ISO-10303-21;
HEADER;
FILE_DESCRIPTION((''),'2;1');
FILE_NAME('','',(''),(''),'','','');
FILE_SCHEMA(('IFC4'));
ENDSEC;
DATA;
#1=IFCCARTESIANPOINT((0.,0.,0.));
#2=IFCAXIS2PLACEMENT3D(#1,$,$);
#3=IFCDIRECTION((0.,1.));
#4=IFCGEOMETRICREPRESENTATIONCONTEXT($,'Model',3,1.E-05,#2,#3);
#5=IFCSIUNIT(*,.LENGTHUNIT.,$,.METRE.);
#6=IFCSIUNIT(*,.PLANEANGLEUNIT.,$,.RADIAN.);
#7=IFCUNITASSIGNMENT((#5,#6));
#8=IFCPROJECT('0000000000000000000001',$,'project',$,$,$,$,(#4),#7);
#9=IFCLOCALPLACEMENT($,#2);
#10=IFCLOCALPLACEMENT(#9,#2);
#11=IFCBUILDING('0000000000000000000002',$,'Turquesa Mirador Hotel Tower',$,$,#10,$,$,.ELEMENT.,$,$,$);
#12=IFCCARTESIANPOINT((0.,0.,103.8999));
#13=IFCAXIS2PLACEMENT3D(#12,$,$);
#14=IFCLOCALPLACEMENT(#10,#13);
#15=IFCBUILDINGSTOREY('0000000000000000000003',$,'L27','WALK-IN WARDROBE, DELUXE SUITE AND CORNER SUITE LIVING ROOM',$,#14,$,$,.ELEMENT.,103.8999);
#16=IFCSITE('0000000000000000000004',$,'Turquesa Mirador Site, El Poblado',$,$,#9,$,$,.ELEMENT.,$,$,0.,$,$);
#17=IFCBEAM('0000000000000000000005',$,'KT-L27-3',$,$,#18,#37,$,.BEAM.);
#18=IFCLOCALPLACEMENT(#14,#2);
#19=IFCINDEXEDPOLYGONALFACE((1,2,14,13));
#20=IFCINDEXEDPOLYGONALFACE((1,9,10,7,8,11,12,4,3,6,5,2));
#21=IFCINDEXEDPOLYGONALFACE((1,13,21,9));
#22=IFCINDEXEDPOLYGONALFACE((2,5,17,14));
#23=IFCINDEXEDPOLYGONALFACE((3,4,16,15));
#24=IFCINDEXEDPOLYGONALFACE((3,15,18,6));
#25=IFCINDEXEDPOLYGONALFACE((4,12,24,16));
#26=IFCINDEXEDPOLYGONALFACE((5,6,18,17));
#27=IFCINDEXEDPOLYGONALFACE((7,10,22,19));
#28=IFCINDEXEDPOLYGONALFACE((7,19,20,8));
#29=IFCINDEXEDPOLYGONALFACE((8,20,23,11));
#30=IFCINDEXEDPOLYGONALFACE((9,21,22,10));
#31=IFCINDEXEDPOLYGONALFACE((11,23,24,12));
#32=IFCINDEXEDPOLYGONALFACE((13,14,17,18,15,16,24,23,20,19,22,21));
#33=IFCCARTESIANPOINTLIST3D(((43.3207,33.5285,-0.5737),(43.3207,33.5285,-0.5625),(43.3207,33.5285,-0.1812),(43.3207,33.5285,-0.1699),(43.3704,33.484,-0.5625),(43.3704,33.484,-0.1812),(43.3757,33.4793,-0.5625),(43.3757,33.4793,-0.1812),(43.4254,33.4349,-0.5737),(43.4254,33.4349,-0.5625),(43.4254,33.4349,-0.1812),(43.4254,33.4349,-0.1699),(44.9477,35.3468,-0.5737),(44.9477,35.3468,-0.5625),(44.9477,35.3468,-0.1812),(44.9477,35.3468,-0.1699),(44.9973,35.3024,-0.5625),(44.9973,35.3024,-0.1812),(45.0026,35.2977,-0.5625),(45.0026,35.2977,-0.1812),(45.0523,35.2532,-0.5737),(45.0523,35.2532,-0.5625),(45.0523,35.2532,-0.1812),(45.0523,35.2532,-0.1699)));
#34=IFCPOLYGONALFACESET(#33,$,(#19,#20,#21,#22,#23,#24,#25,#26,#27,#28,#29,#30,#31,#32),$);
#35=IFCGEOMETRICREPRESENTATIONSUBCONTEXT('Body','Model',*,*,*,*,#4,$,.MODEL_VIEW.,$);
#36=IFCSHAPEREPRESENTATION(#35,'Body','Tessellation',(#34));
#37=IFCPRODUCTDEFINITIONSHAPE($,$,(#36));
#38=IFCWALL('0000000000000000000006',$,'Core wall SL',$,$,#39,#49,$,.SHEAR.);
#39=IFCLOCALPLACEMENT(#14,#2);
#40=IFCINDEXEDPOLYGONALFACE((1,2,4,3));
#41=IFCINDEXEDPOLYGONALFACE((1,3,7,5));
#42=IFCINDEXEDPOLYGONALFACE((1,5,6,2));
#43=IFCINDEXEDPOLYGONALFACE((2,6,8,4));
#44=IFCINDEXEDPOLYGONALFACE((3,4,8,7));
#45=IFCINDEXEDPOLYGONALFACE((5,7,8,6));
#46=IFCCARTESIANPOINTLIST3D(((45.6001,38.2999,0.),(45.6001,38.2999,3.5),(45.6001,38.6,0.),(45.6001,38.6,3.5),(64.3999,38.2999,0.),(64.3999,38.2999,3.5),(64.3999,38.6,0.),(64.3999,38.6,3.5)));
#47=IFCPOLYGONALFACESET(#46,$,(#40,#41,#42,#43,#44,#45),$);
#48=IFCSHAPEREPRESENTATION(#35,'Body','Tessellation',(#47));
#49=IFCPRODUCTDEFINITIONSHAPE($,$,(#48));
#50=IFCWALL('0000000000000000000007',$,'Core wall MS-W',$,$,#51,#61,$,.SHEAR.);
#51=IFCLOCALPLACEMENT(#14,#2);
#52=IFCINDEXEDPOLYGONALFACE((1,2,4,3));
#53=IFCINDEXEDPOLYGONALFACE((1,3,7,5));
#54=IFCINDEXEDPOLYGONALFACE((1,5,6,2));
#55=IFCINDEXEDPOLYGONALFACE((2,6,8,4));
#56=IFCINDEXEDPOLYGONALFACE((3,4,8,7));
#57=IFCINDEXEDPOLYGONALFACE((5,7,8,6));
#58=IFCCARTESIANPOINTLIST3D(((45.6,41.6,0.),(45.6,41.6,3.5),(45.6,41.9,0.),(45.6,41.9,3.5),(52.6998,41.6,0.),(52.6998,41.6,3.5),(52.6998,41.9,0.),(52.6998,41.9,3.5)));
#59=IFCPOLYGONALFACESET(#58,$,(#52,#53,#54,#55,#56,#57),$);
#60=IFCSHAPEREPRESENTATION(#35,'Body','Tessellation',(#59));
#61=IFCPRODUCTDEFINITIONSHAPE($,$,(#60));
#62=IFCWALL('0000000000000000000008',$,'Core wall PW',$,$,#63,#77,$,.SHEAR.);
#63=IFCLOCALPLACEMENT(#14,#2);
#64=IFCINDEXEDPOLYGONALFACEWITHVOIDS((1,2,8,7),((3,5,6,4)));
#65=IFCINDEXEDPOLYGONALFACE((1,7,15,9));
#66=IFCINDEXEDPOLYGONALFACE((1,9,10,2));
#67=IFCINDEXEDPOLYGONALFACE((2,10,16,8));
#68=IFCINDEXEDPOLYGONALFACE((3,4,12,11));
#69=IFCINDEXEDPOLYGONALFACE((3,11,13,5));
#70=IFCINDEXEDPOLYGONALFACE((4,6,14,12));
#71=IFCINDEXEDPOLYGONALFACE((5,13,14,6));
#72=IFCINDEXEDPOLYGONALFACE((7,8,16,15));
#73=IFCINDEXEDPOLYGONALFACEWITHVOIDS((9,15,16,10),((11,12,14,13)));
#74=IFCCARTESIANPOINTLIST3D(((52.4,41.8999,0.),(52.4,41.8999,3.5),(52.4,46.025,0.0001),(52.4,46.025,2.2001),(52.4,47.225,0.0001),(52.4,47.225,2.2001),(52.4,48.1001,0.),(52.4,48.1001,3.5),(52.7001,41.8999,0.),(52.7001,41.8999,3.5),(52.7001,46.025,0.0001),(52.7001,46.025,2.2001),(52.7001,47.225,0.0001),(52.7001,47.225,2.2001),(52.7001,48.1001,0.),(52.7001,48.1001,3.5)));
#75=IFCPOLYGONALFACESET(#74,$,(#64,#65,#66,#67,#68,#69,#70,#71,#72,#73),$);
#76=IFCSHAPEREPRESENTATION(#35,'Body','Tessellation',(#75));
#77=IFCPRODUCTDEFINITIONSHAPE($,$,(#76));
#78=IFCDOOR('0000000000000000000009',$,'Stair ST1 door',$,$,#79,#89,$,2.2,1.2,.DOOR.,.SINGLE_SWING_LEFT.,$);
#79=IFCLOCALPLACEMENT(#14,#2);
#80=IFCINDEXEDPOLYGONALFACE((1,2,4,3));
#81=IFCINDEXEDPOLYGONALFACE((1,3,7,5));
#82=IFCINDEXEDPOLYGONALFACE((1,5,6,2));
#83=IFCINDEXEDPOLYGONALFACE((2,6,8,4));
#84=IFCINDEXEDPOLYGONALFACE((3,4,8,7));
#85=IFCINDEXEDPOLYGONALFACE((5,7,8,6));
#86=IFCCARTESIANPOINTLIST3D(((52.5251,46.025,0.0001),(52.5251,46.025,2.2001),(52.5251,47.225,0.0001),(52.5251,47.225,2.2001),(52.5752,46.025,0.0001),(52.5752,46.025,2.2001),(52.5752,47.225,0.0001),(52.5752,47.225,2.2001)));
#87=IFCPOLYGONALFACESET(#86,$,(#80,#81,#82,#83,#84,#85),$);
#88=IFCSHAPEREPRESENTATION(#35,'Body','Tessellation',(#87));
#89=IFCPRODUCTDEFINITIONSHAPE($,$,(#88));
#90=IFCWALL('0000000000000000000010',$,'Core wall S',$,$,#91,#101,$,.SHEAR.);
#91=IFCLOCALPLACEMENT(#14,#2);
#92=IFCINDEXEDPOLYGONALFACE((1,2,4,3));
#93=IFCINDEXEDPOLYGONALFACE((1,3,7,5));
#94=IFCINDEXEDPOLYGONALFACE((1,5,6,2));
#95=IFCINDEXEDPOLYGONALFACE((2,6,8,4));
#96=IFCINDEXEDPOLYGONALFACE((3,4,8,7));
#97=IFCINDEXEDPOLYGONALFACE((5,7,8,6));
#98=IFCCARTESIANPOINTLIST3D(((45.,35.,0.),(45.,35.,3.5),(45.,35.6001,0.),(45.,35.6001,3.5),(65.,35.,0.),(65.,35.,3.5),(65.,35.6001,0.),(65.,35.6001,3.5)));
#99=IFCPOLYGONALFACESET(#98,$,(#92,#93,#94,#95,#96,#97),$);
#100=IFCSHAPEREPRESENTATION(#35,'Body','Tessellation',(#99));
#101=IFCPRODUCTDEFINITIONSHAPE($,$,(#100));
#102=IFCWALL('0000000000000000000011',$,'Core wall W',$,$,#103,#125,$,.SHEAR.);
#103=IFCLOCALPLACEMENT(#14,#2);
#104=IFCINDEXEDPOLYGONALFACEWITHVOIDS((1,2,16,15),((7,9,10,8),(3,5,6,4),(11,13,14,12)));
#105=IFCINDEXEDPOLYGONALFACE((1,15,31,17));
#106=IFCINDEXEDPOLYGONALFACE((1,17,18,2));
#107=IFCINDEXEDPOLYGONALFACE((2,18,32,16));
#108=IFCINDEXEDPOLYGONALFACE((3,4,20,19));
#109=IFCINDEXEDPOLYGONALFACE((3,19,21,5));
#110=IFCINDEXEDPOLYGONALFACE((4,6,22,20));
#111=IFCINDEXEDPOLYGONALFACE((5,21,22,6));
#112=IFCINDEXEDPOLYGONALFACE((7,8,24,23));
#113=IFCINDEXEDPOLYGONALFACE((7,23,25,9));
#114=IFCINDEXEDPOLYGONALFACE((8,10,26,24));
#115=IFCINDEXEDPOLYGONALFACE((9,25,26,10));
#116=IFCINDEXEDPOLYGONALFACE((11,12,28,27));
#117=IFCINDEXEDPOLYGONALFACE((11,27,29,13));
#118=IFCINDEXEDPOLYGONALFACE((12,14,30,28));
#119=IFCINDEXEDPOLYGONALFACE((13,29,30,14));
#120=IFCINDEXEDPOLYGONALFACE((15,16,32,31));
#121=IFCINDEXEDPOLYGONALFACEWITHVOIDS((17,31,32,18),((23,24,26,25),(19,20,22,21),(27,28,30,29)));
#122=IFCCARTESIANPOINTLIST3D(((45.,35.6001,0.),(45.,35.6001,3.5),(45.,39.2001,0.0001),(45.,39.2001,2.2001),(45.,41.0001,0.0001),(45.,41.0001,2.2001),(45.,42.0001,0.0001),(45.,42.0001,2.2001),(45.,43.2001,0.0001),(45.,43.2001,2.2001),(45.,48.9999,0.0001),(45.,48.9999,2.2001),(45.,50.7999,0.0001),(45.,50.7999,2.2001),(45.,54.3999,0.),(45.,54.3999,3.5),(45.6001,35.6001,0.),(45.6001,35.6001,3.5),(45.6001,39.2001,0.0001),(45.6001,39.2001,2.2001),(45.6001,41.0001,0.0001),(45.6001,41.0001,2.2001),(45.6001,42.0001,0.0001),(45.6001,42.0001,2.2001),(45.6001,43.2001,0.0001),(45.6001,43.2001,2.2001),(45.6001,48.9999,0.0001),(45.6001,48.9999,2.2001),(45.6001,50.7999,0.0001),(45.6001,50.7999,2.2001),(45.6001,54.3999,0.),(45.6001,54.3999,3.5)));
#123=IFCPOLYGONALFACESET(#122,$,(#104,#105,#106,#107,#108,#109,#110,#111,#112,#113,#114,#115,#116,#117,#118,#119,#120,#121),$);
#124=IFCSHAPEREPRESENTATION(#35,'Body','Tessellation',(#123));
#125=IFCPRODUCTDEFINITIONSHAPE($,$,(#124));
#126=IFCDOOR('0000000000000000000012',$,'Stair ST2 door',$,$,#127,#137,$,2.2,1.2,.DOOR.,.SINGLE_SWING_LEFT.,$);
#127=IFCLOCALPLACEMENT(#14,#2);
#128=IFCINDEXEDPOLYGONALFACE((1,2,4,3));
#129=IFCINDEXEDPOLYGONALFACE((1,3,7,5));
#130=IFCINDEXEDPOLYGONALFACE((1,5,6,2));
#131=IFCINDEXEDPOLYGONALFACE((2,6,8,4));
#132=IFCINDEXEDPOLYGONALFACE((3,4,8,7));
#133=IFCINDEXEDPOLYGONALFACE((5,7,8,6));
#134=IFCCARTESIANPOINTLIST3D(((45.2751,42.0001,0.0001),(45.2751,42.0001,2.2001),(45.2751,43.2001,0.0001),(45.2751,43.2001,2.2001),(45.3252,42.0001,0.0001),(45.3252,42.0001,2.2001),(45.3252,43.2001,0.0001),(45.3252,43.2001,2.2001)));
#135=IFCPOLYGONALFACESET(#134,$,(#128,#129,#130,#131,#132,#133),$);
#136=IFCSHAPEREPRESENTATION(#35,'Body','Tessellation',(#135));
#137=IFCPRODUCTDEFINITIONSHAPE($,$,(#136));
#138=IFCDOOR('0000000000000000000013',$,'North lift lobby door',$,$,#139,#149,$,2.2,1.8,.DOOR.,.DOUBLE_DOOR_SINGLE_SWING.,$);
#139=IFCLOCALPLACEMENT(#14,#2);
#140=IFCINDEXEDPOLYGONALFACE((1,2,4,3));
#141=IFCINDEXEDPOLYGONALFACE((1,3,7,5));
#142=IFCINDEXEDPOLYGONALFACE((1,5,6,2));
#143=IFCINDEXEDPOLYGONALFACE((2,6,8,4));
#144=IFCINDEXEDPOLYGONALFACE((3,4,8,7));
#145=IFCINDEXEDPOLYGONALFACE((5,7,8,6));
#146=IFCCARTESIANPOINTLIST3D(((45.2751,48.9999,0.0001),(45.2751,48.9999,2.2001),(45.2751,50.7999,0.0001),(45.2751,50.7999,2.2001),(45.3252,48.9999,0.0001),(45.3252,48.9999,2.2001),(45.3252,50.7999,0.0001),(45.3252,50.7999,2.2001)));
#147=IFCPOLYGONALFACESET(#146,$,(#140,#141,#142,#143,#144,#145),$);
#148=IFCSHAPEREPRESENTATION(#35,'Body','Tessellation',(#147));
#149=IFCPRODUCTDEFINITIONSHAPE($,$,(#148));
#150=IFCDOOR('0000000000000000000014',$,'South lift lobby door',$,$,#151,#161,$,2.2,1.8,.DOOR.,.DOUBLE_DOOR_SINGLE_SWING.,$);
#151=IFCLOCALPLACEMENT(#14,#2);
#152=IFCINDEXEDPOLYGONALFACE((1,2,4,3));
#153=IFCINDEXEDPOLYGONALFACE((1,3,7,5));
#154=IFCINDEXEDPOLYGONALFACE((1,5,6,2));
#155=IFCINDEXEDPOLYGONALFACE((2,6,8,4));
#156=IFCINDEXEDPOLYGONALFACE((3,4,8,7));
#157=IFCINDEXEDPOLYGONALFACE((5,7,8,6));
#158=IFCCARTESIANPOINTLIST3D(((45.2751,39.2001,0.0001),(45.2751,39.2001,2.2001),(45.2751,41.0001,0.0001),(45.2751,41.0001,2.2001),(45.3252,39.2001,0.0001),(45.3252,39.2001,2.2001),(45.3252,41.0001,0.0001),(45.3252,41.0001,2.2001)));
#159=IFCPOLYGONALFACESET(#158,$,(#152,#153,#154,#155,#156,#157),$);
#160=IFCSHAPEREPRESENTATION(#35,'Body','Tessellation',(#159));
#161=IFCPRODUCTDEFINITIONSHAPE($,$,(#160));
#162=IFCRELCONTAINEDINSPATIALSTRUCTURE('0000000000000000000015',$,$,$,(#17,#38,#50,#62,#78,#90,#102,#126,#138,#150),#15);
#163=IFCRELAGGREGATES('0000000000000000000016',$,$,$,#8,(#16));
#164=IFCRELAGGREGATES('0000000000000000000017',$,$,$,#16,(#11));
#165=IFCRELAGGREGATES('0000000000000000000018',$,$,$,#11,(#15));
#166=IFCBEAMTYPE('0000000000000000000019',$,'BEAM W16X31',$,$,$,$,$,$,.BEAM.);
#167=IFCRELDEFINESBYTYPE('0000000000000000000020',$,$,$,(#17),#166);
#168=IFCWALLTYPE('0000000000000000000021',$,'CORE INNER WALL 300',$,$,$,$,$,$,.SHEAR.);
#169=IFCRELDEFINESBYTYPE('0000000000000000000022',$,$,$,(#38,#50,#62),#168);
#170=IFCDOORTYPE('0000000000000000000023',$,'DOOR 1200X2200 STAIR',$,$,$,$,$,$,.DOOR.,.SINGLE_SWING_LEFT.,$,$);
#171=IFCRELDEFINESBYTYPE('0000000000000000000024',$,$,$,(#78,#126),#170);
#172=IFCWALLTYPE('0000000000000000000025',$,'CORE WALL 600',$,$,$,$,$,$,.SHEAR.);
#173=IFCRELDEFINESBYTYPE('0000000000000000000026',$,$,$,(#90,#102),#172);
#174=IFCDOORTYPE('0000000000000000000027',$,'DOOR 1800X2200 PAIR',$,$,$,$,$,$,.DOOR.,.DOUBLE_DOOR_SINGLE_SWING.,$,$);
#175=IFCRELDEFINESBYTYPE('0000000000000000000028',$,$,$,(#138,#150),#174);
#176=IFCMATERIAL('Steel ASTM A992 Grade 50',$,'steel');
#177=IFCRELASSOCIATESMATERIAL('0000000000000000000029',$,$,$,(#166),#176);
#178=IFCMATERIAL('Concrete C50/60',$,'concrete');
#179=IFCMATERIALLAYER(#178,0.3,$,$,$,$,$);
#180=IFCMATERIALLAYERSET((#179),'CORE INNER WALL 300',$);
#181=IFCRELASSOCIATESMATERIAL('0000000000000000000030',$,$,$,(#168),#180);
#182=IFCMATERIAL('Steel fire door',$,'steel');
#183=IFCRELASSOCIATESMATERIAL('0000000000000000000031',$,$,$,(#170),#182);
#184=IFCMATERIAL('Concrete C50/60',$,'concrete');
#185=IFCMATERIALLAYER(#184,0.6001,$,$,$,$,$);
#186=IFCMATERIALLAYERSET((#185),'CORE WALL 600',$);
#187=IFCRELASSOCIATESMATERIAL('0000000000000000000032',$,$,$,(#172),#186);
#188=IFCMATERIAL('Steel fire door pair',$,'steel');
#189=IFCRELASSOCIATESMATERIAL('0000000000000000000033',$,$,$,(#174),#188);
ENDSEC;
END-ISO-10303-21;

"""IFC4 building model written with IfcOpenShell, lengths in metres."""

from ifc_helpers import new_model, si_unit, direction, frame, frame_2d, origin, origin_2d, place, context, subcontext, project, spatial, rectangle, i_section, extrude, material, layer, layer_set, material_profile, profile_set, type_object, element, fill, save


model = new_model("IFC4")

# Units and contexts
model_context = context("Model", 3, precision=1e-05, world=origin(), true_north=direction((0.0, 1.0)))
body_context = subcontext(model_context, "Body", "Model", "MODEL_VIEW")
ifc_project = project(units=[si_unit("LENGTHUNIT", "METRE"), si_unit("PLANEANGLEUNIT", "RADIAN")], contexts=[model_context])

# Site, building, storey
site_placement = place(None, origin())
site = spatial("IfcSite", under=ifc_project, at=site_placement, Name="Turquesa Mirador Site, El Poblado", CompositionType="ELEMENT", RefElevation=0.0)
building_placement = place(site_placement, origin())
building = spatial("IfcBuilding", under=site, at=building_placement, Name="Turquesa Mirador Hotel Tower", CompositionType="ELEMENT")
storey_placement = place(building_placement, frame((0.0, 0.0, 103.8999)))
storey = spatial("IfcBuildingStorey", under=building, at=storey_placement, Name="L27", Description="WALK-IN WARDROBE, DELUXE SUITE AND CORNER SUITE LIVING ROOM", CompositionType="ELEMENT", Elevation=103.8999)

# Beam
ifc_material_1 = material(Name="Steel ASTM A992 Grade 50", Category="steel")
ifc_material_profile = material_profile(ifc_material_1, i_section(OverallWidth=0.1404, OverallDepth=0.4038, WebThickness=0.0071, FlangeThickness=0.0112, at=origin_2d()), Name="W16X31")
ifc_profile_set = profile_set([ifc_material_profile], Name="Steel ASTM A992 Grade 50")
beam_type = type_object("IfcBeamType", Name="BEAM W16X31", PredefinedType="BEAM", material=ifc_profile_set)
beam_placement = place(storey_placement, frame((43.373, 33.4817, -0.3718), z_axis=(0.666795, 0.745241, 0.0), x_axis=(-0.745241, 0.666795, 0.0)))
element("IfcBeam", 1, at=beam_placement, inside=storey, type_object=beam_type, Name="KT-L27-3", PredefinedType="BEAM", context=body_context, shape_type="SweptSolid", body=[
    extrude(i_section(OverallWidth=0.1404, OverallDepth=0.4038, WebThickness=0.0071, FlangeThickness=0.0112, at=origin_2d()), origin(), (0.0, 0.0, 1.0), 2.4399),
])

# Walls
ifc_material_2 = material(Name="Concrete C50/60", Category="concrete")
ifc_layer_1 = layer(ifc_material_2, 0.3)
ifc_layer_set_1 = layer_set([ifc_layer_1], Name="CORE INNER WALL 300")
wall_type_1 = type_object("IfcWallType", Name="CORE INNER WALL 300", PredefinedType="SHEAR", material=ifc_layer_set_1)
wall_1_placement = place(storey_placement, frame((45.6001, 38.45, 0.0), z_axis=(0.0, 0.0, 1.0), x_axis=(1.0, 0.0, 0.0)))
element("IfcWall", 2, at=wall_1_placement, inside=storey, type_object=wall_type_1, Name="Core wall SL", PredefinedType="SHEAR", context=body_context, shape_type="SweptSolid", body=[
    extrude(rectangle(XDim=18.7998, YDim=0.3, at=frame_2d((9.3999, 0.0))), origin(), (0.0, 0.0, 1.0), 3.5),
])
wall_2_placement = place(storey_placement, frame((45.6001, 41.75, 0.0), z_axis=(0.0, 0.0, 1.0), x_axis=(1.0, 0.0, 0.0)))
element("IfcWall", 3, at=wall_2_placement, inside=storey, type_object=wall_type_1, Name="Core wall MS-W", PredefinedType="SHEAR", context=body_context, shape_type="SweptSolid", body=[
    extrude(rectangle(XDim=7.0999, YDim=0.3, at=frame_2d((3.5498, 0.0))), origin(), (0.0, 0.0, 1.0), 3.5),
])

# Wall, opening, door
wall_3_placement = place(storey_placement, frame((52.55, 41.8999, 0.0), z_axis=(0.0, 0.0, 1.0), x_axis=(0.0, 1.0, 0.0)))
wall_3 = element("IfcWall", 4, at=wall_3_placement, inside=storey, type_object=wall_type_1, Name="Core wall PW", PredefinedType="SHEAR", context=body_context, shape_type="SweptSolid", body=[
    extrude(rectangle(XDim=6.2002, YDim=0.3, at=frame_2d((3.1001, 0.0))), origin(), (0.0, 0.0, 1.0), 3.5),
])
opening_1_placement = place(wall_3_placement, frame((4.125, 0.0, 0.0)))
opening_1 = element("IfcOpeningElement", 5, at=opening_1_placement, cuts=wall_3, PredefinedType="OPENING", context=body_context, shape_type="SweptSolid", body=[
    extrude(rectangle(XDim=1.2, YDim=2.2, at=frame_2d((0.6001, 1.1001))), frame((0.0, 0.1599, 0.0), z_axis=(0.0, -1.0, 0.0), x_axis=(1.0, 0.0, 0.0)), (0.0, 0.0, 1.0), 0.3201),
])
ifc_material_3 = material(Name="Steel fire door", Category="steel")
door_type_1 = type_object("IfcDoorType", Name="DOOR 1200X2200 STAIR", OperationType="SINGLE_SWING_LEFT", PredefinedType="DOOR", material=ifc_material_3)
door_1_placement = place(opening_1_placement, origin())
door_1 = element("IfcDoor", 6, at=door_1_placement, inside=storey, type_object=door_type_1, Name="Stair ST1 door", OperationType="SINGLE_SWING_LEFT", OverallHeight=2.2, OverallWidth=1.2, PredefinedType="DOOR", context=body_context, shape_type="SweptSolid", body=[
    extrude(rectangle(XDim=1.2, YDim=2.2, at=frame_2d((0.6001, 1.1001))), frame((0.0, 0.0249, 0.0), z_axis=(0.0, -1.0, 0.0), x_axis=(1.0, 0.0, 0.0)), (0.0, 0.0, 1.0), 0.05),
])
fill(opening_1, door_1)

# Wall
ifc_material_4 = material(Name="Concrete C50/60", Category="concrete")
ifc_layer_2 = layer(ifc_material_4, 0.6001)
ifc_layer_set_2 = layer_set([ifc_layer_2], Name="CORE WALL 600")
wall_type_2 = type_object("IfcWallType", Name="CORE WALL 600", PredefinedType="SHEAR", material=ifc_layer_set_2)
wall_4_placement = place(storey_placement, frame((45.0, 35.3, 0.0), z_axis=(0.0, 0.0, 1.0), x_axis=(1.0, 0.0, 0.0)))
element("IfcWall", 7, at=wall_4_placement, inside=storey, type_object=wall_type_2, Name="Core wall S", PredefinedType="SHEAR", context=body_context, shape_type="SweptSolid", body=[
    extrude(rectangle(XDim=20.0, YDim=0.6001, at=frame_2d((10.0, 0.0))), origin(), (0.0, 0.0, 1.0), 3.5),
])

# Wall, openings, doors
wall_5_placement = place(storey_placement, frame((45.3, 35.6001, 0.0), z_axis=(0.0, 0.0, 1.0), x_axis=(0.0, 1.0, 0.0)))
wall_5 = element("IfcWall", 8, at=wall_5_placement, inside=storey, type_object=wall_type_2, Name="Core wall W", PredefinedType="SHEAR", context=body_context, shape_type="SweptSolid", body=[
    extrude(rectangle(XDim=18.7998, YDim=0.6001, at=frame_2d((9.3999, 0.0))), origin(), (0.0, 0.0, 1.0), 3.5),
])
opening_2_placement = place(wall_5_placement, frame((13.3999, 0.0, 0.0)))
opening_2 = element("IfcOpeningElement", 9, at=opening_2_placement, cuts=wall_5, PredefinedType="OPENING", context=body_context, shape_type="SweptSolid", body=[
    extrude(rectangle(XDim=1.8, YDim=2.2, at=frame_2d((0.8999, 1.1001))), frame((0.0, 0.3101, 0.0), z_axis=(0.0, -1.0, 0.0), x_axis=(1.0, 0.0, 0.0)), (0.0, 0.0, 1.0), 0.6201),
])
opening_3_placement = place(wall_5_placement, frame((3.6001, 0.0, 0.0)))
opening_3 = element("IfcOpeningElement", 10, at=opening_3_placement, cuts=wall_5, PredefinedType="OPENING", context=body_context, shape_type="SweptSolid", body=[
    extrude(rectangle(XDim=1.8, YDim=2.2, at=frame_2d((0.8999, 1.1001))), frame((0.0, 0.3101, 0.0), z_axis=(0.0, -1.0, 0.0), x_axis=(1.0, 0.0, 0.0)), (0.0, 0.0, 1.0), 0.6201),
])
opening_4_placement = place(wall_5_placement, frame((6.3999, 0.0, 0.0)))
opening_4 = element("IfcOpeningElement", 11, at=opening_4_placement, cuts=wall_5, PredefinedType="OPENING", context=body_context, shape_type="SweptSolid", body=[
    extrude(rectangle(XDim=1.2, YDim=2.2, at=frame_2d((0.6001, 1.1001))), frame((0.0, 0.3101, 0.0), z_axis=(0.0, -1.0, 0.0), x_axis=(1.0, 0.0, 0.0)), (0.0, 0.0, 1.0), 0.6201),
])
door_2_placement = place(opening_4_placement, origin())
door_2 = element("IfcDoor", 12, at=door_2_placement, inside=storey, type_object=door_type_1, Name="Stair ST2 door", OperationType="SINGLE_SWING_LEFT", OverallHeight=2.2, OverallWidth=1.2, PredefinedType="DOOR", context=body_context, shape_type="SweptSolid", body=[
    extrude(rectangle(XDim=1.2, YDim=2.2, at=frame_2d((0.6001, 1.1001))), frame((0.0, 0.0249, 0.0), z_axis=(0.0, -1.0, 0.0), x_axis=(1.0, 0.0, 0.0)), (0.0, 0.0, 1.0), 0.05),
])
fill(opening_4, door_2)
ifc_material_5 = material(Name="Steel fire door pair", Category="steel")
door_type_2 = type_object("IfcDoorType", Name="DOOR 1800X2200 PAIR", OperationType="DOUBLE_DOOR_SINGLE_SWING", PredefinedType="DOOR", material=ifc_material_5)
door_3_placement = place(opening_2_placement, origin())
door_3 = element("IfcDoor", 13, at=door_3_placement, inside=storey, type_object=door_type_2, Name="North lift lobby door", OperationType="DOUBLE_DOOR_SINGLE_SWING", OverallHeight=2.2, OverallWidth=1.8, PredefinedType="DOOR", context=body_context, shape_type="SweptSolid", body=[
    extrude(rectangle(XDim=1.8, YDim=2.2, at=frame_2d((0.8999, 1.1001))), frame((0.0, 0.0249, 0.0), z_axis=(0.0, -1.0, 0.0), x_axis=(1.0, 0.0, 0.0)), (0.0, 0.0, 1.0), 0.05),
])
fill(opening_2, door_3)
door_4_placement = place(opening_3_placement, origin())
door_4 = element("IfcDoor", 14, at=door_4_placement, inside=storey, type_object=door_type_2, Name="South lift lobby door", OperationType="DOUBLE_DOOR_SINGLE_SWING", OverallHeight=2.2, OverallWidth=1.8, PredefinedType="DOOR", context=body_context, shape_type="SweptSolid", body=[
    extrude(rectangle(XDim=1.8, YDim=2.2, at=frame_2d((0.8999, 1.1001))), frame((0.0, 0.0249, 0.0), z_axis=(0.0, -1.0, 0.0), x_axis=(1.0, 0.0, 0.0)), (0.0, 0.0, 1.0), 0.05),
])
fill(opening_3, door_4)

save(model, "model.ifc")
